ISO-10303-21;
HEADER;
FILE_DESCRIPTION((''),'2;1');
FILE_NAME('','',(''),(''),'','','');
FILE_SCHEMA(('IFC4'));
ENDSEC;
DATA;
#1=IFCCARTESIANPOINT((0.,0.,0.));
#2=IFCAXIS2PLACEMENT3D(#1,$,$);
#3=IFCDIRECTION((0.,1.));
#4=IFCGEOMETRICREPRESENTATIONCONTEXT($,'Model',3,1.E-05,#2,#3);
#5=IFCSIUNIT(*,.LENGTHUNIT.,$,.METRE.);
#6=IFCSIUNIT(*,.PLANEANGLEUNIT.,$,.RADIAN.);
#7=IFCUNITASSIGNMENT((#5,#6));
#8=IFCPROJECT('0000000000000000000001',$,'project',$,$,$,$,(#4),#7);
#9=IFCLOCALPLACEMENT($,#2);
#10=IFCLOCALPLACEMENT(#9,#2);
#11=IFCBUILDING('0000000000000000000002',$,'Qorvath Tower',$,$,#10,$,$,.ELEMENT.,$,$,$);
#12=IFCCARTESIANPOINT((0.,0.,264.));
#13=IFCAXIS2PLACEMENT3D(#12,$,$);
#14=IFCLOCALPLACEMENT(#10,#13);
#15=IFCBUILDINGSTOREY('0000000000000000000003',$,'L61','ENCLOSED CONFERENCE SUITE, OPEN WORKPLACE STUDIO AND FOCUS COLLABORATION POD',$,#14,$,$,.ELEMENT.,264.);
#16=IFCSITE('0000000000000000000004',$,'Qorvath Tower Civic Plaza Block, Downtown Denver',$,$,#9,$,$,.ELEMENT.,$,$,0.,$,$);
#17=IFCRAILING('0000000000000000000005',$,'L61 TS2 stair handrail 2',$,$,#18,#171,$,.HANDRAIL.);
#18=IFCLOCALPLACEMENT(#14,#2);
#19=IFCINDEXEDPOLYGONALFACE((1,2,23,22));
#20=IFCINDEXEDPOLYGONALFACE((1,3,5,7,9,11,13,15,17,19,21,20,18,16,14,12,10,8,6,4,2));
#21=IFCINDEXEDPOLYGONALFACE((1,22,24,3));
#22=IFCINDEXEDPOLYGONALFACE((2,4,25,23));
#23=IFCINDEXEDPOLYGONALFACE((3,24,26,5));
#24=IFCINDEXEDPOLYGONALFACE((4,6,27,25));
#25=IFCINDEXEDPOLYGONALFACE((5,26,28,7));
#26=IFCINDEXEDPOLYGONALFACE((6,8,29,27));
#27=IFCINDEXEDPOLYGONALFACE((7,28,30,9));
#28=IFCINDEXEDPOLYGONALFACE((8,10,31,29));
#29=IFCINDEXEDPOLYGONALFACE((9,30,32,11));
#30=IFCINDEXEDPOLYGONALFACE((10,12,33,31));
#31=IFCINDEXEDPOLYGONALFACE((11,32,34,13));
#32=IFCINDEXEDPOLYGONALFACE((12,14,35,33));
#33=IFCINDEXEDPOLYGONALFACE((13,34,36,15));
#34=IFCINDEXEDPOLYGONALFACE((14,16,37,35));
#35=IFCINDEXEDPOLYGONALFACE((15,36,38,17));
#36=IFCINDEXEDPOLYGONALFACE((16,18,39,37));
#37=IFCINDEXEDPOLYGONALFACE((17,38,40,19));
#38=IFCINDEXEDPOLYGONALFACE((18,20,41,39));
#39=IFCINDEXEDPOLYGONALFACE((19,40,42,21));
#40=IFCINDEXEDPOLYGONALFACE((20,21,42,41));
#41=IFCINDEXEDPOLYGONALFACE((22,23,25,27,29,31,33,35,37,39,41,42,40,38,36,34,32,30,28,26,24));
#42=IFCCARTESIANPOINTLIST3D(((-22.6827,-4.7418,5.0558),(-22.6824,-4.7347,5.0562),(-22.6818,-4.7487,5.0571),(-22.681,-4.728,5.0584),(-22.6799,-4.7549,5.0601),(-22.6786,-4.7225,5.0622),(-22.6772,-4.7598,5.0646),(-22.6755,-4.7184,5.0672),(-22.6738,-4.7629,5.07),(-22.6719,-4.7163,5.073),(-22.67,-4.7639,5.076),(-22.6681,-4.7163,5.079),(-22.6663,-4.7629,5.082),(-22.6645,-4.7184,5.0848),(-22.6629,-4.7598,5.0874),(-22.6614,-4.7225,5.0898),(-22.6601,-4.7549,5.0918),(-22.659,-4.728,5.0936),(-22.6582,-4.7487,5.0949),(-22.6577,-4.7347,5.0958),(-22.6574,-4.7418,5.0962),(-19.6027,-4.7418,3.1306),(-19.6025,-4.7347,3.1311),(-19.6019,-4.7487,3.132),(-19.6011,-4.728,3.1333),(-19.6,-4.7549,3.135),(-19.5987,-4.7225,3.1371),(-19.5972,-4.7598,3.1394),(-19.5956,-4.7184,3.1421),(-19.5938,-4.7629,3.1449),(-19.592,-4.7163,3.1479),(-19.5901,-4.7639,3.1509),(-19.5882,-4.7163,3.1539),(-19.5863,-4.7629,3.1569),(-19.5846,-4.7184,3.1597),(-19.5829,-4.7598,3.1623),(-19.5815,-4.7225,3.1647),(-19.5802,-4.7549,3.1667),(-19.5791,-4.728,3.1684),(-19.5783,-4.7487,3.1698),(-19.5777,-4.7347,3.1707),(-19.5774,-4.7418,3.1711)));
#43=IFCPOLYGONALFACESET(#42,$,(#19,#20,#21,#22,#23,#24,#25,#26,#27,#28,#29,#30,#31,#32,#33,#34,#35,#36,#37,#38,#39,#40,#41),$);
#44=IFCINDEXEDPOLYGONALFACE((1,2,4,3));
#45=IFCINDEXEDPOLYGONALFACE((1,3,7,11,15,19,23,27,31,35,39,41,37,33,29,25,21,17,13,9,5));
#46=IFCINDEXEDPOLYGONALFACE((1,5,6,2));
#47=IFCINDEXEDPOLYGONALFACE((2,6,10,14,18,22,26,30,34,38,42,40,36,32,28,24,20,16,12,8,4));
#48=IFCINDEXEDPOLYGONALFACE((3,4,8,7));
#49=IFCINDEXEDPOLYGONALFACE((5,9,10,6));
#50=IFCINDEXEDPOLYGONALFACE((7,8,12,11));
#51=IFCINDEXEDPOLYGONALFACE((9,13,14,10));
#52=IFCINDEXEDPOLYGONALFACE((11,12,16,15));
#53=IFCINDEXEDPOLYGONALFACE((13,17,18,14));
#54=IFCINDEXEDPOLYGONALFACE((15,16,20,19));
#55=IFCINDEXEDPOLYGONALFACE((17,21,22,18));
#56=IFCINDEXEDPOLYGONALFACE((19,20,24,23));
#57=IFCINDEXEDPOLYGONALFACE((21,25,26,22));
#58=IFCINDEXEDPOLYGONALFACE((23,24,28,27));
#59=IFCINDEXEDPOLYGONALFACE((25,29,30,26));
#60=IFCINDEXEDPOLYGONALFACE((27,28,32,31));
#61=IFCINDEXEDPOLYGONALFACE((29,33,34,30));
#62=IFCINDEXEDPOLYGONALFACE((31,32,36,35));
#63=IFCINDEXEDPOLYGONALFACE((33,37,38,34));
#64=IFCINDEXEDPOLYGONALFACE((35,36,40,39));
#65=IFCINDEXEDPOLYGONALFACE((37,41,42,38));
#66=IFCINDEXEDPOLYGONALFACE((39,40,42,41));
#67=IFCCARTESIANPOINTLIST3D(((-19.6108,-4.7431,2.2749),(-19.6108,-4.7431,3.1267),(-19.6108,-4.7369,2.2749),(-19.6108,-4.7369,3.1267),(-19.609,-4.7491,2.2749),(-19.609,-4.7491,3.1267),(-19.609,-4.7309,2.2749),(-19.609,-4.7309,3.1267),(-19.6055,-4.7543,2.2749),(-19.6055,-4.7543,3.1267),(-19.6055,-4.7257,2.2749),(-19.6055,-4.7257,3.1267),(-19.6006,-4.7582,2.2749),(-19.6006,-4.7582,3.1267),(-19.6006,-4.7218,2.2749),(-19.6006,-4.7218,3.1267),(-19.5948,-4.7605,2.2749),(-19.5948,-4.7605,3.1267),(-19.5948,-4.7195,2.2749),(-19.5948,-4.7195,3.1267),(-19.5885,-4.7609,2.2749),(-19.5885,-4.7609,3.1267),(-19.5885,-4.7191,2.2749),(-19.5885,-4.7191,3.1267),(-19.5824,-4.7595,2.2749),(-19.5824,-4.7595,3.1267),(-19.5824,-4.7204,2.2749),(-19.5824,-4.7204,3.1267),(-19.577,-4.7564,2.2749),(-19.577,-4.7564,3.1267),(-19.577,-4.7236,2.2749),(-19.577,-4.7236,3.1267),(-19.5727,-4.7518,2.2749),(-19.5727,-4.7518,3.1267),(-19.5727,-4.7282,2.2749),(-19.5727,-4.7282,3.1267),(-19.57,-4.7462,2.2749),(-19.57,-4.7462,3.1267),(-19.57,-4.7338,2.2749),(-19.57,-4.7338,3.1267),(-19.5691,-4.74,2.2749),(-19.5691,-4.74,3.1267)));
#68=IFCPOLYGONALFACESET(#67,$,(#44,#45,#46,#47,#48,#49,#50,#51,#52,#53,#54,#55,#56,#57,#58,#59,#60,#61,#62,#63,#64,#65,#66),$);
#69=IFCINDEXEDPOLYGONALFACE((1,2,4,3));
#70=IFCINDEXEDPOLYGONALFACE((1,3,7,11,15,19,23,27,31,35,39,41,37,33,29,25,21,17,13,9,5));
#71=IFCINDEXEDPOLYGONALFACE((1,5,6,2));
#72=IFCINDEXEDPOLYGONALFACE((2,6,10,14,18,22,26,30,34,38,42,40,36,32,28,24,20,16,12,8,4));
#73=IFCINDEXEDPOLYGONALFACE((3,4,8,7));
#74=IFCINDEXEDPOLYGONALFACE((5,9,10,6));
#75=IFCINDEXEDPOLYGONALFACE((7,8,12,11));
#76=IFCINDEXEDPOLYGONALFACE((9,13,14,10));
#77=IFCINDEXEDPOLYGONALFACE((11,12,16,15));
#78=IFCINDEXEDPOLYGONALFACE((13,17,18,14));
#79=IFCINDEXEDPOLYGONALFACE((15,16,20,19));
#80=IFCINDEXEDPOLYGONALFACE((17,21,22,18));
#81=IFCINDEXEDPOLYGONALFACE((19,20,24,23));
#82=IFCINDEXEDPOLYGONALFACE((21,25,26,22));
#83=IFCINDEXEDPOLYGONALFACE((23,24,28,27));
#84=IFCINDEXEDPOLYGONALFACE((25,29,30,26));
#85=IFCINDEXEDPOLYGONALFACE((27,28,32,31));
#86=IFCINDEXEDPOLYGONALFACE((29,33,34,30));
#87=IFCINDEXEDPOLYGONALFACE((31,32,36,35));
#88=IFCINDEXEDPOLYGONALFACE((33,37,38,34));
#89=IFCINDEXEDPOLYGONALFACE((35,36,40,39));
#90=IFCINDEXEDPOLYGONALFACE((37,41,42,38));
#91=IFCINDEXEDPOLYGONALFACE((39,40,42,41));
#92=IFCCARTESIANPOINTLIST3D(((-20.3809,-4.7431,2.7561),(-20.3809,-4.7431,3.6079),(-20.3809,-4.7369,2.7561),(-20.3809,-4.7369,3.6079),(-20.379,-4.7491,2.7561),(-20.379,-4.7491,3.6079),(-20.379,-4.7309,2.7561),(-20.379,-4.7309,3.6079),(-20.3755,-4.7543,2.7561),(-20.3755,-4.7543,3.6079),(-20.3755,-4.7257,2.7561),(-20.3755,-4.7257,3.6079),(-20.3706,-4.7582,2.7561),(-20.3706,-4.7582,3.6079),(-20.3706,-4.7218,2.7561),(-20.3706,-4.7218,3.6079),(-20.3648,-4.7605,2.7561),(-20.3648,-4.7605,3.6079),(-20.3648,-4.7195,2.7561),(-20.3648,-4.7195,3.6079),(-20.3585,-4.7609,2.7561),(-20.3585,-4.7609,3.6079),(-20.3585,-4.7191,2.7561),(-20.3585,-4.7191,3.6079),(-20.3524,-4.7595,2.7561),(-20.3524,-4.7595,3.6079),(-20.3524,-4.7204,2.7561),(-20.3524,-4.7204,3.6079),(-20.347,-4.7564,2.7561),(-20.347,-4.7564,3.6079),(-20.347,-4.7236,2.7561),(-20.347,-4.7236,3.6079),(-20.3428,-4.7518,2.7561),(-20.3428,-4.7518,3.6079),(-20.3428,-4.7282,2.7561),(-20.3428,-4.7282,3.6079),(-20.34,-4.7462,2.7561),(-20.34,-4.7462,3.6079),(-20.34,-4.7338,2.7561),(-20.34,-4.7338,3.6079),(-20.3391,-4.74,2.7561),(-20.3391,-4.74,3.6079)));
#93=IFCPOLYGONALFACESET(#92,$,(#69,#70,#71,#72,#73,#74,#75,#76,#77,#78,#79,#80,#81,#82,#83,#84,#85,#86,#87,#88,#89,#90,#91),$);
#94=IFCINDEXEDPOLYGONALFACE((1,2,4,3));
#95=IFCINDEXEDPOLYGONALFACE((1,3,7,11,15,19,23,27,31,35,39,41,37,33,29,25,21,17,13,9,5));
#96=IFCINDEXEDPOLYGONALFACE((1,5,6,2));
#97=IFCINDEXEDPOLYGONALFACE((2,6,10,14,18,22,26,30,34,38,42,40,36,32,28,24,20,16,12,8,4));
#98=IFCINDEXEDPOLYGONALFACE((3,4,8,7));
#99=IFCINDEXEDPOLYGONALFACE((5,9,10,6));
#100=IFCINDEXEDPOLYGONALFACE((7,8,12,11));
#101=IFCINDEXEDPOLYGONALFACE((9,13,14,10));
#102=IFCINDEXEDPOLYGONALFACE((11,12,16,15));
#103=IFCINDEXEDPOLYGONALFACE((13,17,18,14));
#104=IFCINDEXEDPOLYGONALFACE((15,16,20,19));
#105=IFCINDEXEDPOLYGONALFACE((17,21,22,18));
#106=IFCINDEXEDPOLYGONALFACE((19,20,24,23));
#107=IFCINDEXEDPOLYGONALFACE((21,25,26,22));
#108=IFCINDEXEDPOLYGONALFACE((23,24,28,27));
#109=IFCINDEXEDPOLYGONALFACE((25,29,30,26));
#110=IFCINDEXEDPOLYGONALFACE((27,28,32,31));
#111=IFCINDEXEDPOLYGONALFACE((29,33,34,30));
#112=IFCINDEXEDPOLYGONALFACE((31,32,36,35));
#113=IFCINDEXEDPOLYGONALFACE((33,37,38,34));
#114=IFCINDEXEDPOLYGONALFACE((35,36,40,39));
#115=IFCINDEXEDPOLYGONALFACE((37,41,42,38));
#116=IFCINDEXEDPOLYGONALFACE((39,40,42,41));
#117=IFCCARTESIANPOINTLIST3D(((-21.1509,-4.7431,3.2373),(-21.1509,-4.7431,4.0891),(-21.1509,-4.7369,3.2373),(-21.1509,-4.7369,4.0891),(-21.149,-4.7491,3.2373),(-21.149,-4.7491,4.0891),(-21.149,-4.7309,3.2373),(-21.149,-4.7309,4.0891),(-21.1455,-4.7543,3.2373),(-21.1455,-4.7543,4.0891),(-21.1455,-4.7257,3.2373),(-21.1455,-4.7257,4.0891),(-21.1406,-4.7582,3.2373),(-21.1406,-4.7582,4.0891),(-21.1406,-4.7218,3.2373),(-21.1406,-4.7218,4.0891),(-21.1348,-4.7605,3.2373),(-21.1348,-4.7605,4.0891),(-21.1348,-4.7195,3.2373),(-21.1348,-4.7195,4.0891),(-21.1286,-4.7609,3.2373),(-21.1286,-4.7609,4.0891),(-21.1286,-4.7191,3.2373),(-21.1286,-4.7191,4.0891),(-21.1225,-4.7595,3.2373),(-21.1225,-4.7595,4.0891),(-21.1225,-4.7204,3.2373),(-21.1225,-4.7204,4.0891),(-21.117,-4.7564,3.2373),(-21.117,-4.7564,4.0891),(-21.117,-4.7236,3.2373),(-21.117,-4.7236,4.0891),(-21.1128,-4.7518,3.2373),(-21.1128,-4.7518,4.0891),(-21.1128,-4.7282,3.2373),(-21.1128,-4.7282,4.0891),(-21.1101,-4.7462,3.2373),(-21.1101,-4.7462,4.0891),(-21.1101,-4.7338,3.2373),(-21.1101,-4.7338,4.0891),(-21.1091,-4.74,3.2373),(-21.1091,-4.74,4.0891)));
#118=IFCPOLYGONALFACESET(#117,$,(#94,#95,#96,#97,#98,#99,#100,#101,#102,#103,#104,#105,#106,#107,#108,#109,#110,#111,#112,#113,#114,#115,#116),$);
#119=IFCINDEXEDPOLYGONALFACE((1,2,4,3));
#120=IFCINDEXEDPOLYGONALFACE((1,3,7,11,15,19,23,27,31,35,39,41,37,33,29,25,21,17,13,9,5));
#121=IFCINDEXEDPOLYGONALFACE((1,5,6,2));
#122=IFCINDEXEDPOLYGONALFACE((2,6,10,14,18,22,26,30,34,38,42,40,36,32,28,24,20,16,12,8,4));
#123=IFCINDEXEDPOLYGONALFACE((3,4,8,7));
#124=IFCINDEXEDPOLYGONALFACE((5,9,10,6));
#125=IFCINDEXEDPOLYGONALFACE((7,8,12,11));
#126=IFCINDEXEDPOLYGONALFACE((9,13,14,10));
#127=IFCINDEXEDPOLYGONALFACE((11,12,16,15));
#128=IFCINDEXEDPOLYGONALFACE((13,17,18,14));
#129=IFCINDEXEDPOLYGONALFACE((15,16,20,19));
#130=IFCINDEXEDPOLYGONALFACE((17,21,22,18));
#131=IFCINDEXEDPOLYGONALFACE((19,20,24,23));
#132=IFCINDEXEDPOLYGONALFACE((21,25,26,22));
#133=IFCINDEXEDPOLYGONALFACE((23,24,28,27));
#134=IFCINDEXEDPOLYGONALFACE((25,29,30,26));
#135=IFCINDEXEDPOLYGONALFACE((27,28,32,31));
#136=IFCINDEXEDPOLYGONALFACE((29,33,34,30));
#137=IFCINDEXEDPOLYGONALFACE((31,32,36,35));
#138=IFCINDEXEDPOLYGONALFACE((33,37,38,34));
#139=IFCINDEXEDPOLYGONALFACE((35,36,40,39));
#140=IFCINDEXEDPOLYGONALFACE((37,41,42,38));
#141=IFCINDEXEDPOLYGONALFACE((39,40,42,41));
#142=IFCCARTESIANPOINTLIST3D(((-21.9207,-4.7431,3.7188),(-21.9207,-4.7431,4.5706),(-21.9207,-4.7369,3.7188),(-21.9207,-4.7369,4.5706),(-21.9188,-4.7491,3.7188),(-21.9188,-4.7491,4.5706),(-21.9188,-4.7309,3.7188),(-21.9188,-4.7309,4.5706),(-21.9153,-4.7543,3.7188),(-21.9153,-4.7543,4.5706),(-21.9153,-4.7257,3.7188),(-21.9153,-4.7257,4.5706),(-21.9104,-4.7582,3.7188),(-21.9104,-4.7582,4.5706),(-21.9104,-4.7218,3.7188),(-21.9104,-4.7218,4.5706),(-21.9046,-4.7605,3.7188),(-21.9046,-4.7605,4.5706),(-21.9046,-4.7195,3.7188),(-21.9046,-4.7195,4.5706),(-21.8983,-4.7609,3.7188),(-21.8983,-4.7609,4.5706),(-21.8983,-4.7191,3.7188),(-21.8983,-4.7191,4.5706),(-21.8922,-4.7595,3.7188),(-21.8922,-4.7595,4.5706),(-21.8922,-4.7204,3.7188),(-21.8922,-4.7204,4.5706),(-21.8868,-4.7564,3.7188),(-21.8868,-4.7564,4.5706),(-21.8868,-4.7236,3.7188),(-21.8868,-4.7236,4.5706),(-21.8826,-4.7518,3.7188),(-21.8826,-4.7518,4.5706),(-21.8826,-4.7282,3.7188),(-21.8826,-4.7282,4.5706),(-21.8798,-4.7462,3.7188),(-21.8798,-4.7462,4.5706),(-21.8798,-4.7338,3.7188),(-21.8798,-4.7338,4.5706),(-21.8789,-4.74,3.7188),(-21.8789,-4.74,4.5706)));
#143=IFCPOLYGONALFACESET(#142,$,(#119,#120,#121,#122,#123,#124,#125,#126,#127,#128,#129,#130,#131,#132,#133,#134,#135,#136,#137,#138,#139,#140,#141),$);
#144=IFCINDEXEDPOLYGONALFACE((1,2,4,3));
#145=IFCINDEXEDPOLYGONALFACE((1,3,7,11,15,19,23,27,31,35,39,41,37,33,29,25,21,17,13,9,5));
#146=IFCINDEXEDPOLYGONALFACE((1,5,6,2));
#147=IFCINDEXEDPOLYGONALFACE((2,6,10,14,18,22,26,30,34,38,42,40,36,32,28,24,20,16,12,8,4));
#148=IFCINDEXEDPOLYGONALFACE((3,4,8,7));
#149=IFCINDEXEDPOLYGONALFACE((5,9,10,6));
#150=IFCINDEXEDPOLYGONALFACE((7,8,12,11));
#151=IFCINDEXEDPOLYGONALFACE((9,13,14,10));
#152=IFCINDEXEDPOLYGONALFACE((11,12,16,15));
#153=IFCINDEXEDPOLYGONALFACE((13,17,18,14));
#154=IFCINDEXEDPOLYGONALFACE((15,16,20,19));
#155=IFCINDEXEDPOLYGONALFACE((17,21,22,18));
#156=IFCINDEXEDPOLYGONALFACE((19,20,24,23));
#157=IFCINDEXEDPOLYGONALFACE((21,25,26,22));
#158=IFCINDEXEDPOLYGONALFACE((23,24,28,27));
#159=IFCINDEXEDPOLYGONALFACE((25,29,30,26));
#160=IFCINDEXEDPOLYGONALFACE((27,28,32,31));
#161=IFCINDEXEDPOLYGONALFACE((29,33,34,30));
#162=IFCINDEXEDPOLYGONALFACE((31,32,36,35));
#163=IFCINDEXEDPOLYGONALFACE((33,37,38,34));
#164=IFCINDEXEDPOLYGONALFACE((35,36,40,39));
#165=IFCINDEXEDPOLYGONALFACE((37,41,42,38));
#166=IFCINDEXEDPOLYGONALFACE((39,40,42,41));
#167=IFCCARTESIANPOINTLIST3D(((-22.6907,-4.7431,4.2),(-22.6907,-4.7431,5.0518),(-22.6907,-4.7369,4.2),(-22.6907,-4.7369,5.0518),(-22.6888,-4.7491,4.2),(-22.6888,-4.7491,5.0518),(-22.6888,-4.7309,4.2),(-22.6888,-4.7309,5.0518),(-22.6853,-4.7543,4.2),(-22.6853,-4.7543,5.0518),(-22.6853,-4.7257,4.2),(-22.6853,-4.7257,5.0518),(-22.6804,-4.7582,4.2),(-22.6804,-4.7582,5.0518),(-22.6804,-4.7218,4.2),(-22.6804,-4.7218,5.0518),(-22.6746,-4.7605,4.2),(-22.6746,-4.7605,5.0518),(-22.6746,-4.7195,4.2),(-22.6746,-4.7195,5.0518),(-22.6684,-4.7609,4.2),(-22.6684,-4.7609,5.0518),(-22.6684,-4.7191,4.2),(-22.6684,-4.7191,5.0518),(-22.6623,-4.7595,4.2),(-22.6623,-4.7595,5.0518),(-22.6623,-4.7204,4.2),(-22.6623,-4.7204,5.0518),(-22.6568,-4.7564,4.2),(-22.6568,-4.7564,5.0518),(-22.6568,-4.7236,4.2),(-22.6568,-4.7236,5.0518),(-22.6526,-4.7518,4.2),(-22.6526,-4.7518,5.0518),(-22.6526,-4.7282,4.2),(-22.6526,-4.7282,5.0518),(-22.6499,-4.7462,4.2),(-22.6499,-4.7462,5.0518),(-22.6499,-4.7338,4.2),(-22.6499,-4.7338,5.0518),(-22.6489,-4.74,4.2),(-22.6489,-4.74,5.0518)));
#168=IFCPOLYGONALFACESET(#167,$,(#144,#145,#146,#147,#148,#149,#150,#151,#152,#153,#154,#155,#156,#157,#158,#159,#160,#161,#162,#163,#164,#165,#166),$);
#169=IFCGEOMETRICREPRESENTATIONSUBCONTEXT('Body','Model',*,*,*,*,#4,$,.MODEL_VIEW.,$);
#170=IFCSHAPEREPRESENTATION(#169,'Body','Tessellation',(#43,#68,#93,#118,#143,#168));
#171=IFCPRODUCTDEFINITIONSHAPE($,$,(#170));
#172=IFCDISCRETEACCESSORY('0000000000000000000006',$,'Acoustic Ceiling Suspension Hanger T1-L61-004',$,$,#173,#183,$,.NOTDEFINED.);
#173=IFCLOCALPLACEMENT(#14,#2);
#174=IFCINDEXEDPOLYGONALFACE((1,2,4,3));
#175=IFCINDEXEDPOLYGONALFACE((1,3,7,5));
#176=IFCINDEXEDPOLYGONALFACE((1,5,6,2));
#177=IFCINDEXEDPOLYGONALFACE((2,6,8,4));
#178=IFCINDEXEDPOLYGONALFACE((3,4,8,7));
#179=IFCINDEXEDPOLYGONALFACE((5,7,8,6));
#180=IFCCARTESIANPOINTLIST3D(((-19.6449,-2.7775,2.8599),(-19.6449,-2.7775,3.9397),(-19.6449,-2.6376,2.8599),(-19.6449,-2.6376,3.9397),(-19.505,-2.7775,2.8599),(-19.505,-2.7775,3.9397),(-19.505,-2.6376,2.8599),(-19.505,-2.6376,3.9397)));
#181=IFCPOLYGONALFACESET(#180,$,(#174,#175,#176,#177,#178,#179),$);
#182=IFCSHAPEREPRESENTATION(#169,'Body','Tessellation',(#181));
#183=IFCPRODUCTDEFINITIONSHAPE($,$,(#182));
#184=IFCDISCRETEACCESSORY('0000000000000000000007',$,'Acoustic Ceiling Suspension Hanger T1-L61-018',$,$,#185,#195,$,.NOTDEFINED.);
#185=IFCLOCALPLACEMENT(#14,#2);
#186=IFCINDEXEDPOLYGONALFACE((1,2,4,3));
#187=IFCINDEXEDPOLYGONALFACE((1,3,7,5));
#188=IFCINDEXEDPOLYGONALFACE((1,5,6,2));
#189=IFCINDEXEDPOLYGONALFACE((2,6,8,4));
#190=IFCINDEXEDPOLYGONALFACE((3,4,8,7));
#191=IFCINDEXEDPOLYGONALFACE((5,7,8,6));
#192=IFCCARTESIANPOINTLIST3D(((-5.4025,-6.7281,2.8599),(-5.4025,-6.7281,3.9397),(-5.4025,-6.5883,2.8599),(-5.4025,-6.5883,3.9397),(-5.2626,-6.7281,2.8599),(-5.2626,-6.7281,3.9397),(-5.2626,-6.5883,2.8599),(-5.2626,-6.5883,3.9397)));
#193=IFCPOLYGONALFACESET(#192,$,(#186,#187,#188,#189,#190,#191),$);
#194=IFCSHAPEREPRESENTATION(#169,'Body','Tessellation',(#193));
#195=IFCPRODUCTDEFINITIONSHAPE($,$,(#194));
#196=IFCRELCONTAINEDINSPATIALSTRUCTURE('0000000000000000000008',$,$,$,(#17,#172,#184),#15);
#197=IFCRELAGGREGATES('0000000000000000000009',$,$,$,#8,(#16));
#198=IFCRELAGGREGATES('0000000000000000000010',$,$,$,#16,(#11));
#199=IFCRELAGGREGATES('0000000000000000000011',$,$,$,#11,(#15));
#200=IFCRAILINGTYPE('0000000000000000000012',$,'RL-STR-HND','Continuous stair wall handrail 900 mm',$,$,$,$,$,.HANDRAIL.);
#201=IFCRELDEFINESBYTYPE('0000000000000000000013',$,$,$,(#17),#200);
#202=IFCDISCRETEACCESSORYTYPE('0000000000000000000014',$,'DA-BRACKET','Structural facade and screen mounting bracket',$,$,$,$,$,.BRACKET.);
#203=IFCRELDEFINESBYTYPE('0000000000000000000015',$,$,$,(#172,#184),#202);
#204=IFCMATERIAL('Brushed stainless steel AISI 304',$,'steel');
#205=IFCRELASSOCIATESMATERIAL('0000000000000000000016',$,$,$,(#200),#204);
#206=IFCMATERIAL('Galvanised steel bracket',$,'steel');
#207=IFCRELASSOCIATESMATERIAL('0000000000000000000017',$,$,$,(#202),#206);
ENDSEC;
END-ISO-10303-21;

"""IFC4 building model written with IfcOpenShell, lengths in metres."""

from ifc_helpers import new_model, si_unit, direction, frame, origin, origin_2d, place, context, subcontext, project, spatial, rectangle, circle, extrude, material, type_object, element, save


model = new_model("IFC4")

# Units and contexts
model_context = context("Model", 3, precision=1e-05, world=origin(), true_north=direction((0.0, 1.0)))
body_context = subcontext(model_context, "Body", "Model", "MODEL_VIEW")
ifc_project = project(units=[si_unit("LENGTHUNIT", "METRE"), si_unit("PLANEANGLEUNIT", "RADIAN")], contexts=[model_context])

# Site, building, storey
site_placement = place(None, origin())
site = spatial("IfcSite", under=ifc_project, at=site_placement, Name="Qorvath Tower Civic Plaza Block, Downtown Denver", CompositionType="ELEMENT", RefElevation=0.0)
building_placement = place(site_placement, origin())
building = spatial("IfcBuilding", under=site, at=building_placement, Name="Qorvath Tower", CompositionType="ELEMENT")
storey_placement = place(building_placement, frame((0.0, 0.0, 264.0)))
storey = spatial("IfcBuildingStorey", under=building, at=storey_placement, Name="L61", Description="ENCLOSED CONFERENCE SUITE, OPEN WORKPLACE STUDIO AND FOCUS COLLABORATION POD", CompositionType="ELEMENT", Elevation=264.0)

# Railing
ifc_material_1 = material(Name="Brushed stainless steel AISI 304", Category="steel")
railing_type_1 = type_object("IfcRailingType", Name="RL-STR-HND", Description="Continuous stair wall handrail 900 mm", PredefinedType="HANDRAIL", material=ifc_material_1)
railing_1_placement = place(storey_placement, frame((-19.5901, -4.74, 2.2749)))
element("IfcRailing", 1, at=railing_1_placement, inside=storey, type_object=railing_type_1, Name="L61 TS2 stair handrail 2", PredefinedType="HANDRAIL", context=body_context, shape_type="SweptSolid", body=[
    extrude(circle(Radius=0.0239, at=origin_2d()), frame((0.0, 0.0, 0.876), z_axis=(-0.847979, 0.0, 0.530029), x_axis=(0.0, -1.0, 0.0)), (0.0, 0.0, 1.0), 3.6321),
    extrude(circle(Radius=0.021, at=origin_2d()), origin(), (0.0, 0.0, 1.0), 0.8518),
    extrude(circle(Radius=0.021, at=origin_2d()), frame((-0.77, 0.0, 0.4812)), (0.0, 0.0, 1.0), 0.8518),
    extrude(circle(Radius=0.021, at=origin_2d()), frame((-1.54, 0.0, 0.9624)), (0.0, 0.0, 1.0), 0.8518),
    extrude(circle(Radius=0.021, at=origin_2d()), frame((-2.3098, 0.0, 1.4438)), (0.0, 0.0, 1.0), 0.8518),
    extrude(circle(Radius=0.021, at=origin_2d()), frame((-3.0798, 0.0, 1.925)), (0.0, 0.0, 1.0), 0.8518),
])

# Discrete accessories
ifc_material_2 = material(Name="Galvanised steel bracket", Category="steel")
discrete_accessory_type = type_object("IfcDiscreteAccessoryType", Name="DA-BRACKET", Description="Structural facade and screen mounting bracket", PredefinedType="BRACKET", material=ifc_material_2)
for number, where, z_axis, x_axis, name in (
    (2, (-19.575, -2.7075, 2.8599), (0.0, 0.0, 1.0), (1.0, 0.0, 0.0), "Acoustic Ceiling Suspension Hanger T1-L61-004"),
    (3, (-5.3325, -6.6582, 2.8599), (0.0, 0.0, 1.0), (1.0, 0.0, 0.0), "Acoustic Ceiling Suspension Hanger T1-L61-018"),
):
    element("IfcDiscreteAccessory", number, at=place(storey_placement, frame(where, z_axis=z_axis, x_axis=x_axis)), inside=storey, type_object=discrete_accessory_type, Name=name, PredefinedType="NOTDEFINED", context=body_context, shape_type="SweptSolid", body=[
        extrude(rectangle(XDim=0.1399, YDim=0.1399, at=origin_2d()), origin(), (0.0, 0.0, 1.0), 1.0798),
    ])

save(model, "model.ifc")
